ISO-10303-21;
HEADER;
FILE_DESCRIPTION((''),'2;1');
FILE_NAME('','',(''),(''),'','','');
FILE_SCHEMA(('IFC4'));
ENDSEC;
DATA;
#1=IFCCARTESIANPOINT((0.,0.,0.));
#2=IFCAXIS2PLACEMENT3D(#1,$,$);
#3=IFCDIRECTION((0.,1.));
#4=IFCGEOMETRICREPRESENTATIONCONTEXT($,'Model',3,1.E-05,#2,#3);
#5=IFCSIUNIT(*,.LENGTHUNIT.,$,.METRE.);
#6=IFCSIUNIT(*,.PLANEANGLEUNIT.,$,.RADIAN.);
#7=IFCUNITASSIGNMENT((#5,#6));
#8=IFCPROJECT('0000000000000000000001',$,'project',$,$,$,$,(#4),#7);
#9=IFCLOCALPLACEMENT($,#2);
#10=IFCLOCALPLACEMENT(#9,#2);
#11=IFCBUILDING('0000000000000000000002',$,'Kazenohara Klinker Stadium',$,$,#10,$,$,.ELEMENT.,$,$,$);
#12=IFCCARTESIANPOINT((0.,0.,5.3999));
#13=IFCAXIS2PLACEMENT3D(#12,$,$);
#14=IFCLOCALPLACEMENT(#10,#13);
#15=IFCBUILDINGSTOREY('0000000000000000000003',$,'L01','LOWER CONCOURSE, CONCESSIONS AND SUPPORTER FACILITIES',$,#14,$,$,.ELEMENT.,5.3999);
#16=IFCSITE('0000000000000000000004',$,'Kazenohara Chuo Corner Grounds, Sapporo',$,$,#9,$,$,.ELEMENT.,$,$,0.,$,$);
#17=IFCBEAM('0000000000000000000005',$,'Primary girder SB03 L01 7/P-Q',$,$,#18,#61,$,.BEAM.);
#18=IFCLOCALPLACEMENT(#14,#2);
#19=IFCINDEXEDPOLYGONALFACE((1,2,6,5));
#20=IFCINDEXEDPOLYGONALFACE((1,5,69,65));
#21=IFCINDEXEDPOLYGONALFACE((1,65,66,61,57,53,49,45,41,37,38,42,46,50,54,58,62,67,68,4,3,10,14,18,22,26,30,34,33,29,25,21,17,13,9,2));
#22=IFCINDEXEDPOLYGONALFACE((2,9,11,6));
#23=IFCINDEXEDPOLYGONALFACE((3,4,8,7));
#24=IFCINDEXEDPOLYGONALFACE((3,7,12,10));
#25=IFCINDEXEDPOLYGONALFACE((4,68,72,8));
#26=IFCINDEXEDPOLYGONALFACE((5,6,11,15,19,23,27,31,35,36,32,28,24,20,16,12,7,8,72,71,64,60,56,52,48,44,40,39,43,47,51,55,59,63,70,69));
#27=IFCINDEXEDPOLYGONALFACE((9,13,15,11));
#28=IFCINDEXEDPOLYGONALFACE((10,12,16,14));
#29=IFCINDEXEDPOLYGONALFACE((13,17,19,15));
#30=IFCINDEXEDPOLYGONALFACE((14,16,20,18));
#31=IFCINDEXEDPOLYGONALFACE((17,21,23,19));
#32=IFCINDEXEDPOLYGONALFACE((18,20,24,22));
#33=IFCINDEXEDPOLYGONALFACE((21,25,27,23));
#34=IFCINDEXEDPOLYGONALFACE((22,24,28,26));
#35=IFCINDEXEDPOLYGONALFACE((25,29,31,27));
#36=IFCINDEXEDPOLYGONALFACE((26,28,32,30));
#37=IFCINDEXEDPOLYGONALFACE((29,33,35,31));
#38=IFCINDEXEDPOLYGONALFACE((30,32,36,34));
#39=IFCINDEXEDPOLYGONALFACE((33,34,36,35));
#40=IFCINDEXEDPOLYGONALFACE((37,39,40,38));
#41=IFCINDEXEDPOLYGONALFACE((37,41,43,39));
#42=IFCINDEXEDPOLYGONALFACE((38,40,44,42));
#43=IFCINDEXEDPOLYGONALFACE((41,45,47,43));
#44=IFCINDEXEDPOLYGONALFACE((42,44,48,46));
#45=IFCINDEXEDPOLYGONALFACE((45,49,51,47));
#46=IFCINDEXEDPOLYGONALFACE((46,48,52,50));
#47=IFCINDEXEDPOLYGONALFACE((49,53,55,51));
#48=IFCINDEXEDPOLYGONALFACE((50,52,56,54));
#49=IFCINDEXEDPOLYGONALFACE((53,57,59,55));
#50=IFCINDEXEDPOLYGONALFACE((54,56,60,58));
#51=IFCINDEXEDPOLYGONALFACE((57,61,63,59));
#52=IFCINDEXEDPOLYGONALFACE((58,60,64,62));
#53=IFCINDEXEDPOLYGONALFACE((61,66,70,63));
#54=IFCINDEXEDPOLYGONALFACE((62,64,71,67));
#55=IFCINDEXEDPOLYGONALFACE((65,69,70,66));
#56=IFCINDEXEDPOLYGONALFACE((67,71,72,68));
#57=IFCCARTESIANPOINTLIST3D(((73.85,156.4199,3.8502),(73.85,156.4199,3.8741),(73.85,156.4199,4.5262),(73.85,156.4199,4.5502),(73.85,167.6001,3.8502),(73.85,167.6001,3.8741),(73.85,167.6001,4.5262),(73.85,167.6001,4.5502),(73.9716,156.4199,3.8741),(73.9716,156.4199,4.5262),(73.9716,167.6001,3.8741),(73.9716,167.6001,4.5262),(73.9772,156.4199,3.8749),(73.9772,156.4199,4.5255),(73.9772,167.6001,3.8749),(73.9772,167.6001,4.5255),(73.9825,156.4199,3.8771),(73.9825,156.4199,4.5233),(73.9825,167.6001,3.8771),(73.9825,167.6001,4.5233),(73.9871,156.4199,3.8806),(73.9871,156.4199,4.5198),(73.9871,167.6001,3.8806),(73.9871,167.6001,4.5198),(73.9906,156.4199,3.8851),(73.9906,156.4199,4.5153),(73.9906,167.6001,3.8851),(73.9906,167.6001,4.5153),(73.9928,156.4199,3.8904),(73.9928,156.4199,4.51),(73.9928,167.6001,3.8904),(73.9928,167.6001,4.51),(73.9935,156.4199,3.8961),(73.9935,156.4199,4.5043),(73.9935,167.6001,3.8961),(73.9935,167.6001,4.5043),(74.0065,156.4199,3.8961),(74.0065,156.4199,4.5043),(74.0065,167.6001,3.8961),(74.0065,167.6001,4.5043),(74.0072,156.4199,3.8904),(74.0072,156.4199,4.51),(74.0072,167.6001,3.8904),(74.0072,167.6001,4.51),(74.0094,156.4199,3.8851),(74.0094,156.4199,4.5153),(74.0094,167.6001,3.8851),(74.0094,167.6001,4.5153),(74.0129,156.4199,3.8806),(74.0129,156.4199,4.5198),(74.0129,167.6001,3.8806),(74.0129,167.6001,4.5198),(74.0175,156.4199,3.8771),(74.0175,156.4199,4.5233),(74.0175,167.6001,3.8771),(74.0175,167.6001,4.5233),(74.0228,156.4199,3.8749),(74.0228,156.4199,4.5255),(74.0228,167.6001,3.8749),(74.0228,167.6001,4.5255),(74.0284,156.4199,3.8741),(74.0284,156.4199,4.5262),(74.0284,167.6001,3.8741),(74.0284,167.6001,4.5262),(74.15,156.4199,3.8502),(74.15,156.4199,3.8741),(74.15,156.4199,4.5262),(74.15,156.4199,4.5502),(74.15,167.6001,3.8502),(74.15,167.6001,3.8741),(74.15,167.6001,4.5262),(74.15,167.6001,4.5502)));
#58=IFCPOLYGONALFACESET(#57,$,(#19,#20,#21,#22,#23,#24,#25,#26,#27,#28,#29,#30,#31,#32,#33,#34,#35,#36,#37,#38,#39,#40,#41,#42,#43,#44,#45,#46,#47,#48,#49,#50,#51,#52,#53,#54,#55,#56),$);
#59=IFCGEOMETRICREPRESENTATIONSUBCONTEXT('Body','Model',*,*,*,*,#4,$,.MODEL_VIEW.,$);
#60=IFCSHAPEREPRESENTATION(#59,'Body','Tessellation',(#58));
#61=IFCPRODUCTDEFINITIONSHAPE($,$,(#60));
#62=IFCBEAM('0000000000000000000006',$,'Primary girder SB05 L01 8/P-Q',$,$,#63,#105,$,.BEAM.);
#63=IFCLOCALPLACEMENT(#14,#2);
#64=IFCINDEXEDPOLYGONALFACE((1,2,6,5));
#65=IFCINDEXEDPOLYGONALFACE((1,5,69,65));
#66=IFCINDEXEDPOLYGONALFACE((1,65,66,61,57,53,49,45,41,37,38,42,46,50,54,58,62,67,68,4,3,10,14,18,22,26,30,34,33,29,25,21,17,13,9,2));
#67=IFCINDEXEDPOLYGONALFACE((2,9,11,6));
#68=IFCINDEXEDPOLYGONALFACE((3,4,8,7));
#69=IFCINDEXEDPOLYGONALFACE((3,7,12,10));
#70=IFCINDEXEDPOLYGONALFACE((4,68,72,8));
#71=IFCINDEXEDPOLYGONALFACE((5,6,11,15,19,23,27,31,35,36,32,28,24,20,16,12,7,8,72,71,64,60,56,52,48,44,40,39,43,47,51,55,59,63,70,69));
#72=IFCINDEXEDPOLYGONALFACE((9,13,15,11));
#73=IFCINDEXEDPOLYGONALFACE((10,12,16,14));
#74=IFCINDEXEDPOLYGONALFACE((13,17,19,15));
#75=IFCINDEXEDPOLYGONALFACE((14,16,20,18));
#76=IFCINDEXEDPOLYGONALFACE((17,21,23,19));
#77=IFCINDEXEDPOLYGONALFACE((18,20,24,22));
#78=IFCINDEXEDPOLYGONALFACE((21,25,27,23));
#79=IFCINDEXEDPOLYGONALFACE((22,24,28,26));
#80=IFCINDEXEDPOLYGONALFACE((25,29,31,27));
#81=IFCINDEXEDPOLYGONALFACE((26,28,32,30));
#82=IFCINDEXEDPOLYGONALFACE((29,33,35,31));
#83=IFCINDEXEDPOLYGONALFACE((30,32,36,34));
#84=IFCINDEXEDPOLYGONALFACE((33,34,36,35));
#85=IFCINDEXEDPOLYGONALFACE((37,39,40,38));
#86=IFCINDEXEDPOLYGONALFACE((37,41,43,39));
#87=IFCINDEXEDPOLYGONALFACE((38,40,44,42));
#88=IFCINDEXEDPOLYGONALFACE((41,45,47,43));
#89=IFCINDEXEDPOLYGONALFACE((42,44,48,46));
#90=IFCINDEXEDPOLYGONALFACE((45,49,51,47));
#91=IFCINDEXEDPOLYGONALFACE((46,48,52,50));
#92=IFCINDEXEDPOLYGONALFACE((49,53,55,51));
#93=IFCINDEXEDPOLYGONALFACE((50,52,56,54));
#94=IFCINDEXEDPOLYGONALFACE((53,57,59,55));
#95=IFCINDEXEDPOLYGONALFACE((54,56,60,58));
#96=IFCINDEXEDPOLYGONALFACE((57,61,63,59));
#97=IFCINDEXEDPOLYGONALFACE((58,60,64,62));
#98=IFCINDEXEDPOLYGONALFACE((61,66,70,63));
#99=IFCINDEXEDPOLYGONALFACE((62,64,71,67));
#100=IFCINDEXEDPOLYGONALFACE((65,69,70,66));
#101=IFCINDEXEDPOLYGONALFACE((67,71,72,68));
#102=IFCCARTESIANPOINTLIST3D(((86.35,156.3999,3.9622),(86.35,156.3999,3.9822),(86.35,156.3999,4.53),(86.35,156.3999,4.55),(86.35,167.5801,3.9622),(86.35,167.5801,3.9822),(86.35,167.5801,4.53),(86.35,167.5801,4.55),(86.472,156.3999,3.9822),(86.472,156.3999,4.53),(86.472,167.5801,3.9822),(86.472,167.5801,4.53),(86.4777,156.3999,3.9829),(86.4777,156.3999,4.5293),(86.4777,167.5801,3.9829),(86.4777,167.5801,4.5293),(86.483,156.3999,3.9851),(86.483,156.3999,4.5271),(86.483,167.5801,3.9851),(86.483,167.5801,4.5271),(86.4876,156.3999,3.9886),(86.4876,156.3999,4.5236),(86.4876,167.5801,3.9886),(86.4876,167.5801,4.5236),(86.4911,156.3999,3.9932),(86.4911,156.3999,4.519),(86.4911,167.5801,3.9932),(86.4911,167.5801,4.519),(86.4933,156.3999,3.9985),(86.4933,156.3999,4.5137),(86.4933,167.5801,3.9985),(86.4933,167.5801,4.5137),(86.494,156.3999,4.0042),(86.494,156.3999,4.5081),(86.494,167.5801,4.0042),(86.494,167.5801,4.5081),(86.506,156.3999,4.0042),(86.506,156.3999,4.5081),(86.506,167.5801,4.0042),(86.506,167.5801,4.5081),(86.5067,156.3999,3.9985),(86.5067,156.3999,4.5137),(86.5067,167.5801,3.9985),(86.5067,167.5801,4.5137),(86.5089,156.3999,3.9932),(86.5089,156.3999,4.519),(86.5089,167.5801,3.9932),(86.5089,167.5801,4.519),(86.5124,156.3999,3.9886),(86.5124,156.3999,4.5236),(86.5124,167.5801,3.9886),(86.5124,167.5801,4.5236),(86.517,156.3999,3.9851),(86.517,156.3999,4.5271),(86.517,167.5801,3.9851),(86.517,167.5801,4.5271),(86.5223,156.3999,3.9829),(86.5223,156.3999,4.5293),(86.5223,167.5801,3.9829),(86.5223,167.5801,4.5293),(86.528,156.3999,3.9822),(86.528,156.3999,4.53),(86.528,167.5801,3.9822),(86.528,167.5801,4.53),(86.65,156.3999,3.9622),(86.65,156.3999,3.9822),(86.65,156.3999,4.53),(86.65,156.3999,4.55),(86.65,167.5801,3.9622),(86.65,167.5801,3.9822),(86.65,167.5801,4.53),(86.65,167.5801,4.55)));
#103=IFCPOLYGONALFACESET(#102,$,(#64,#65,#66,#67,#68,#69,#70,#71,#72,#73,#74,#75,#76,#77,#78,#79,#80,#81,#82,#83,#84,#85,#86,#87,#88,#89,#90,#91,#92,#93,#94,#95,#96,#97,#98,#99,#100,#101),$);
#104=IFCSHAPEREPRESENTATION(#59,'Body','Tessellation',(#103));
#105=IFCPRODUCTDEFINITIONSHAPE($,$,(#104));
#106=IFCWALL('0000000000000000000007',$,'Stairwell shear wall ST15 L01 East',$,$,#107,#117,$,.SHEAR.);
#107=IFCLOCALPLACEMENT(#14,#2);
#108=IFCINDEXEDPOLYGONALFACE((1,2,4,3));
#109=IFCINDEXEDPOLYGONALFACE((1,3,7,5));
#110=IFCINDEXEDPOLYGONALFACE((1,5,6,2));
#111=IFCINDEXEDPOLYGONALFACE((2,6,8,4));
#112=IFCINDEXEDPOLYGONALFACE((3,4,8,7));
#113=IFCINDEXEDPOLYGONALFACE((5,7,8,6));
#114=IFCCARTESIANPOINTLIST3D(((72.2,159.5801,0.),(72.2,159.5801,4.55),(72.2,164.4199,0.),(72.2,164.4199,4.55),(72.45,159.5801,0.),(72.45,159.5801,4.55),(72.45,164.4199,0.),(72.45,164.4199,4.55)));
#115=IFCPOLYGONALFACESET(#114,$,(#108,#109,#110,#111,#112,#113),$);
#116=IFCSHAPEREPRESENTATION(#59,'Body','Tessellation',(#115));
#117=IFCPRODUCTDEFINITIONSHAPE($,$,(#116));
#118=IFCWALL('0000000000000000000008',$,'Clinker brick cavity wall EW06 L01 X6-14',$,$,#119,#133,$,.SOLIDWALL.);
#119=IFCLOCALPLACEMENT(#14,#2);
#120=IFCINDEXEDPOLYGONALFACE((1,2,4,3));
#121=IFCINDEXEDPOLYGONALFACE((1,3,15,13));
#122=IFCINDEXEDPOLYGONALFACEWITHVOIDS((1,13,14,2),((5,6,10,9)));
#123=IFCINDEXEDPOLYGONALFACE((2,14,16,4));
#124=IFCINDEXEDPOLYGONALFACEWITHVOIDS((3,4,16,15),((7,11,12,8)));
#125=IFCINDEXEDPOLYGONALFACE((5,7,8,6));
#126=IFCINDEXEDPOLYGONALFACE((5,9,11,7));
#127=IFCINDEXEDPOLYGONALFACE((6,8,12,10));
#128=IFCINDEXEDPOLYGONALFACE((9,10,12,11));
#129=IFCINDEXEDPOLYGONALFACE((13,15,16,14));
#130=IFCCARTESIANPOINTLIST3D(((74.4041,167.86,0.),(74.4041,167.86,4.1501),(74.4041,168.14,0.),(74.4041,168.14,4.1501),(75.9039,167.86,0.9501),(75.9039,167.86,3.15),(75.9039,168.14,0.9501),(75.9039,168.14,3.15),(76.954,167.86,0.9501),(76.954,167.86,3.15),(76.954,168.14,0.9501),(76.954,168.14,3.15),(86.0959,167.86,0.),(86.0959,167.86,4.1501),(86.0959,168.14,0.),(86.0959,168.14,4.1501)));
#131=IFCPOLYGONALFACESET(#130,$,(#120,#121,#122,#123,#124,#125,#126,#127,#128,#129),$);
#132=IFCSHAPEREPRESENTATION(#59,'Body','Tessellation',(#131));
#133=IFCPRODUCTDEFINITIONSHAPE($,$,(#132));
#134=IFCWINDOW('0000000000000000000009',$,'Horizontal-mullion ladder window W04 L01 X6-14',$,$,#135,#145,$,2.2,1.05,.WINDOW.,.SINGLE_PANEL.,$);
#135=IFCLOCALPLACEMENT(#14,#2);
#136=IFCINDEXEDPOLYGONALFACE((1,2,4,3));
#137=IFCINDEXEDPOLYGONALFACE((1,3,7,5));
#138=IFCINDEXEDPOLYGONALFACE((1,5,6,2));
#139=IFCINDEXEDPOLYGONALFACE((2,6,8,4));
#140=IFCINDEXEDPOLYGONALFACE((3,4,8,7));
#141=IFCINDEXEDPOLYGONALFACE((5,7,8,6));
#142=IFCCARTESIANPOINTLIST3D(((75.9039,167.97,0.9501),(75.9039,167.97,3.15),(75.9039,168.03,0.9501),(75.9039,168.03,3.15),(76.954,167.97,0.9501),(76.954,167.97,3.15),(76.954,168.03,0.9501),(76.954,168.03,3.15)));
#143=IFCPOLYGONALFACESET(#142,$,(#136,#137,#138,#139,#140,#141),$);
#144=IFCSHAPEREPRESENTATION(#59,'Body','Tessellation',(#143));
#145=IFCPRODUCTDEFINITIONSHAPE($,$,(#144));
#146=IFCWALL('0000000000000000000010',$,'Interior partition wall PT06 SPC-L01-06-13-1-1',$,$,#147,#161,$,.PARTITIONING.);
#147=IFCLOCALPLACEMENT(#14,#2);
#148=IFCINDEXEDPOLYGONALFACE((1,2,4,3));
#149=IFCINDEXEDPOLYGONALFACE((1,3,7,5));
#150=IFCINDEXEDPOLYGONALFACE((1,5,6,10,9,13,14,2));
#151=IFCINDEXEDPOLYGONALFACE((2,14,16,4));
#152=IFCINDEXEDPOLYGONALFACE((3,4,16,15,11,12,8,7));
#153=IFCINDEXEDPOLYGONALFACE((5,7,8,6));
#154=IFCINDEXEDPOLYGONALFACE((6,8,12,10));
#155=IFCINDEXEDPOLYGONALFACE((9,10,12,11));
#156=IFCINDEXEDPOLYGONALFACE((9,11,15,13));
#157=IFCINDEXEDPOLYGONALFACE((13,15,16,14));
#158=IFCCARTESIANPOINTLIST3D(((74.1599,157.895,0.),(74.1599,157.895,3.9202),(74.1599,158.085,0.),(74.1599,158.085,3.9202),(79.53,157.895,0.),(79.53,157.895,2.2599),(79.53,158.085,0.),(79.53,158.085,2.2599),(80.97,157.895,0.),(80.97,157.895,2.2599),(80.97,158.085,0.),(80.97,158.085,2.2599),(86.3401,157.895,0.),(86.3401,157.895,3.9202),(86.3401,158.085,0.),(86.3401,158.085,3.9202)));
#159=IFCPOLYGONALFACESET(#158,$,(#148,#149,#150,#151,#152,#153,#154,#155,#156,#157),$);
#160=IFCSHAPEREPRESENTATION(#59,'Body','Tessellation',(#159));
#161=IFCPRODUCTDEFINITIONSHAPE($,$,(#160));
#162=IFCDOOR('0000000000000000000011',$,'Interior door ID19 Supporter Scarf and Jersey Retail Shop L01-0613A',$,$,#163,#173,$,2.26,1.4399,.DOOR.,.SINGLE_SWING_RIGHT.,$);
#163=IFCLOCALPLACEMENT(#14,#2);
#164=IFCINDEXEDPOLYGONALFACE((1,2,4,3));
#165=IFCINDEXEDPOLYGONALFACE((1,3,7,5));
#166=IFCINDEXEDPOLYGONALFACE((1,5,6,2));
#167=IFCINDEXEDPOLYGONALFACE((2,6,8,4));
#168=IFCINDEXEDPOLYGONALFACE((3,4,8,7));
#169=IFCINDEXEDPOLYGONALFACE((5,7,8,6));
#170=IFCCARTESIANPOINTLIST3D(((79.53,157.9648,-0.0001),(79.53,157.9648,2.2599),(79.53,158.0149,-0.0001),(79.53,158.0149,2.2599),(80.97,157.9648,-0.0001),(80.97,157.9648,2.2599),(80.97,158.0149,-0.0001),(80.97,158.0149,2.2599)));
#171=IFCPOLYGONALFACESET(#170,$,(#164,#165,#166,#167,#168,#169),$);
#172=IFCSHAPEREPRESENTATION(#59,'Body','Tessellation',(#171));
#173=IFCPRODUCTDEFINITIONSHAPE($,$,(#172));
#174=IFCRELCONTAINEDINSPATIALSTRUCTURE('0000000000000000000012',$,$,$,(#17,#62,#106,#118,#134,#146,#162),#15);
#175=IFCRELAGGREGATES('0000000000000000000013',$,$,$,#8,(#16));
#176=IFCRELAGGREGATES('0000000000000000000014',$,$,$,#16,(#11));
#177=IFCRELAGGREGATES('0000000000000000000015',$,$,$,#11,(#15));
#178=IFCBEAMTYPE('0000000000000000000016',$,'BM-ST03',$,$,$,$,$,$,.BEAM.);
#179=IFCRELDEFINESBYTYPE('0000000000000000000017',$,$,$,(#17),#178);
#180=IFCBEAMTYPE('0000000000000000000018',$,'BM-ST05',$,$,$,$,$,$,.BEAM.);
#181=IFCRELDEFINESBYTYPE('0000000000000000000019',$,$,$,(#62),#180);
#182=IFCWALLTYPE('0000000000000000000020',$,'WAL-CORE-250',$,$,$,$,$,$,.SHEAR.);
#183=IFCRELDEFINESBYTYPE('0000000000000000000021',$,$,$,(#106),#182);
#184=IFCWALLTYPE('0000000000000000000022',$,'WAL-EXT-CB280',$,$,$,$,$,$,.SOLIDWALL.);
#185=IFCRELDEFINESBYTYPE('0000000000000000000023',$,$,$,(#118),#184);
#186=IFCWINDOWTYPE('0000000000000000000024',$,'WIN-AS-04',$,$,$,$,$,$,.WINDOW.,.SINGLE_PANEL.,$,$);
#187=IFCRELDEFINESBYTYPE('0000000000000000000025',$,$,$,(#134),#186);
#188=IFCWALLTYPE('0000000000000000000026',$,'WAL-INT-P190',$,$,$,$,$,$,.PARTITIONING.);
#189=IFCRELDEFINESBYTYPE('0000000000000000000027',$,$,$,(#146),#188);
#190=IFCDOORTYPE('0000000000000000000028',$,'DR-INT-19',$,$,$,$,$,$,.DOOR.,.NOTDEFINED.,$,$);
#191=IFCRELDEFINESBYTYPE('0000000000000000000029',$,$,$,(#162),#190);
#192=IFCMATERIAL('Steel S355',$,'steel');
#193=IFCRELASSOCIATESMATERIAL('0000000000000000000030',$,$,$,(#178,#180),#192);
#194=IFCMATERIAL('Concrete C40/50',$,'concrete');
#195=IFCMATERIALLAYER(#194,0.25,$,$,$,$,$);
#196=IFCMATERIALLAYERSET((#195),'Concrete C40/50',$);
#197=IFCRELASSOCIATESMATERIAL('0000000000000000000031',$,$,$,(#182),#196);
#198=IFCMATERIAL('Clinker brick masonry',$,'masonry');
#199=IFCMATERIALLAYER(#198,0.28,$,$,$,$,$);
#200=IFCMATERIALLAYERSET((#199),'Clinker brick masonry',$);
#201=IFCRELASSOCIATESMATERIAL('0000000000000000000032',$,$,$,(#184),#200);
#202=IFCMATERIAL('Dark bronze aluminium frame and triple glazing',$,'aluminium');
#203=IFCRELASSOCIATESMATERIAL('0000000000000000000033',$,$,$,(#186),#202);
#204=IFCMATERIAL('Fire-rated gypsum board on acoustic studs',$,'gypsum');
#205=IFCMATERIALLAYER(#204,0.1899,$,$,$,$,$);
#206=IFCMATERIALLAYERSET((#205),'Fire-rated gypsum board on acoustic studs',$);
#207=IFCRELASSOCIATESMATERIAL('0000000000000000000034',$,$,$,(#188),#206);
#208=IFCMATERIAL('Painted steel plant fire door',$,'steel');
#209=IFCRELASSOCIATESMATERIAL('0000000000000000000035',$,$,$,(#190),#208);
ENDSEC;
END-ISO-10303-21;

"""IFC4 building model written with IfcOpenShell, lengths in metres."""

from ifc_helpers import new_model, si_unit, direction, frame, frame_2d, origin, origin_2d, place, context, subcontext, project, spatial, rectangle, i_section, extrude, material, layer, layer_set, material_profile, profile_set, type_object, element, fill, save


model = new_model("IFC4")

# Units and contexts
model_context = context("Model", 3, precision=1e-05, world=origin(), true_north=direction((0.0, 1.0)))
body_context = subcontext(model_context, "Body", "Model", "MODEL_VIEW")
ifc_project = project(units=[si_unit("LENGTHUNIT", "METRE"), si_unit("PLANEANGLEUNIT", "RADIAN")], contexts=[model_context])

# Site, building, storey
site_placement = place(None, origin())
site = spatial("IfcSite", under=ifc_project, at=site_placement, Name="Kazenohara Chuo Corner Grounds, Sapporo", CompositionType="ELEMENT", RefElevation=0.0)
building_placement = place(site_placement, origin())
building = spatial("IfcBuilding", under=site, at=building_placement, Name="Kazenohara Klinker Stadium", CompositionType="ELEMENT")
storey_placement = place(building_placement, frame((0.0, 0.0, 5.3999)))
storey = spatial("IfcBuildingStorey", under=building, at=storey_placement, Name="L01", Description="LOWER CONCOURSE, CONCESSIONS AND SUPPORTER FACILITIES", CompositionType="ELEMENT", Elevation=5.3999)

# Shared definitions
ifc_material_1 = material(Name="Concrete C40/50", Category="concrete")

# Beams
ifc_material_2 = material(Name="Steel S355", Category="steel")
ifc_material_profile_1 = material_profile(ifc_material_2, i_section(OverallWidth=0.3, OverallDepth=0.7, WebThickness=0.0129, FlangeThickness=0.0239, FilletRadius=0.022, at=origin_2d()), Name="H-700x300x13x24")
ifc_profile_set_1 = profile_set([ifc_material_profile_1], Name="Steel S355")
beam_type_1 = type_object("IfcBeamType", Name="BM-ST03", PredefinedType="BEAM", material=ifc_profile_set_1)
beam_1_placement = place(storey_placement, frame((74.0, 156.4199, 4.2002), z_axis=(0.0, 1.0, 0.0), x_axis=(-1.0, 0.0, 0.0)))
element("IfcBeam", 1, at=beam_1_placement, inside=storey, type_object=beam_type_1, Name="Primary girder SB03 L01 7/P-Q", PredefinedType="BEAM", context=body_context, shape_type="SweptSolid", body=[
    extrude(i_section(OverallWidth=0.3, OverallDepth=0.7, WebThickness=0.0129, FlangeThickness=0.0239, FilletRadius=0.022, at=origin_2d()), origin(), (0.0, 0.0, 1.0), 11.1802),
])
ifc_material_profile_2 = material_profile(ifc_material_2, i_section(OverallWidth=0.3, OverallDepth=0.5879, WebThickness=0.012, FlangeThickness=0.02, FilletRadius=0.022, at=origin_2d()), Name="H-588x300x12x20")
ifc_profile_set_2 = profile_set([ifc_material_profile_2], Name="Steel S355")
beam_type_2 = type_object("IfcBeamType", Name="BM-ST05", PredefinedType="BEAM", material=ifc_profile_set_2)
beam_2_placement = place(storey_placement, frame((86.5, 156.3999, 4.2561), z_axis=(0.0, 1.0, 0.0), x_axis=(-1.0, 0.0, 0.0)))
element("IfcBeam", 2, at=beam_2_placement, inside=storey, type_object=beam_type_2, Name="Primary girder SB05 L01 8/P-Q", PredefinedType="BEAM", context=body_context, shape_type="SweptSolid", body=[
    extrude(i_section(OverallWidth=0.3, OverallDepth=0.5879, WebThickness=0.012, FlangeThickness=0.02, FilletRadius=0.022, at=origin_2d()), origin(), (0.0, 0.0, 1.0), 11.1802),
])

# Wall
ifc_layer_1 = layer(ifc_material_1, 0.25)
ifc_layer_set_1 = layer_set([ifc_layer_1], Name="Concrete C40/50")
wall_type_1 = type_object("IfcWallType", Name="WAL-CORE-250", PredefinedType="SHEAR", material=ifc_layer_set_1)
wall_1_placement = place(storey_placement, frame((72.325, 159.5801, 0.0), z_axis=(0.0, 0.0, 1.0), x_axis=(0.0, 1.0, 0.0)))
element("IfcWall", 3, at=wall_1_placement, inside=storey, type_object=wall_type_1, Name="Stairwell shear wall ST15 L01 East", PredefinedType="SHEAR", context=body_context, shape_type="SweptSolid", body=[
    extrude(rectangle(XDim=4.8398, YDim=0.25, at=frame_2d((2.4199, 0.0))), origin(), (0.0, 0.0, 1.0), 4.55),
])

# Wall, opening, window
ifc_material_3 = material(Name="Clinker brick masonry", Category="masonry")
ifc_layer_2 = layer(ifc_material_3, 0.28)
ifc_layer_set_2 = layer_set([ifc_layer_2], Name="Clinker brick masonry")
wall_type_2 = type_object("IfcWallType", Name="WAL-EXT-CB280", PredefinedType="SOLIDWALL", material=ifc_layer_set_2)
wall_2_placement = place(storey_placement, frame((74.4041, 168.0, 0.0), z_axis=(0.0, 0.0, 1.0), x_axis=(1.0, 0.0, 0.0)))
wall_2 = element("IfcWall", 4, at=wall_2_placement, inside=storey, type_object=wall_type_2, Name="Clinker brick cavity wall EW06 L01 X6-14", PredefinedType="SOLIDWALL", context=body_context, shape_type="SweptSolid", body=[
    extrude(rectangle(XDim=11.6919, YDim=0.28, at=frame_2d((5.8459, 0.0))), origin(), (0.0, 0.0, 1.0), 4.1501),
])
opening_1_placement = place(wall_2_placement, frame((1.5, 0.0, 0.95)))
opening_1 = element("IfcOpeningElement", 5, at=opening_1_placement, cuts=wall_2, PredefinedType="OPENING", context=body_context, shape_type="SweptSolid", body=[
    extrude(rectangle(XDim=1.05, YDim=2.2, at=frame_2d((0.5249, 1.1001))), frame((0.0, 0.1499, 0.0), z_axis=(0.0, -1.0, 0.0), x_axis=(1.0, 0.0, 0.0)), (0.0, 0.0, 1.0), 0.3),
])
ifc_material_4 = material(Name="Dark bronze aluminium frame and triple glazing", Category="aluminium")
window_type = type_object("IfcWindowType", Name="WIN-AS-04", PartitioningType="SINGLE_PANEL", PredefinedType="WINDOW", material=ifc_material_4)
window_placement = place(opening_1_placement, origin())
window = element("IfcWindow", 6, at=window_placement, inside=storey, type_object=window_type, Name="Horizontal-mullion ladder window W04 L01 X6-14", OverallHeight=2.2, OverallWidth=1.05, PartitioningType="SINGLE_PANEL", PredefinedType="WINDOW", context=body_context, shape_type="SweptSolid", body=[
    extrude(rectangle(XDim=1.05, YDim=2.2, at=frame_2d((0.5249, 1.1001))), frame((0.0, 0.03, 0.0), z_axis=(0.0, -1.0, 0.0), x_axis=(1.0, 0.0, 0.0)), (0.0, 0.0, 1.0), 0.0601),
])
fill(opening_1, window)

# Wall, opening, door
ifc_material_5 = material(Name="Fire-rated gypsum board on acoustic studs", Category="gypsum")
ifc_layer_3 = layer(ifc_material_5, 0.1899)
ifc_layer_set_3 = layer_set([ifc_layer_3], Name="Fire-rated gypsum board on acoustic studs")
wall_type_3 = type_object("IfcWallType", Name="WAL-INT-P190", PredefinedType="PARTITIONING", material=ifc_layer_set_3)
wall_3_placement = place(storey_placement, frame((74.1599, 157.99, 0.0), z_axis=(0.0, 0.0, 1.0), x_axis=(1.0, 0.0, 0.0)))
wall_3 = element("IfcWall", 7, at=wall_3_placement, inside=storey, type_object=wall_type_3, Name="Interior partition wall PT06 SPC-L01-06-13-1-1", PredefinedType="PARTITIONING", context=body_context, shape_type="SweptSolid", body=[
    extrude(rectangle(XDim=12.1802, YDim=0.1899, at=frame_2d((6.0901, 0.0))), origin(), (0.0, 0.0, 1.0), 3.9202),
])
opening_2_placement = place(wall_3_placement, frame((5.3701, 0.0, 0.0)))
opening_2 = element("IfcOpeningElement", 8, at=opening_2_placement, cuts=wall_3, PredefinedType="OPENING", context=body_context, shape_type="SweptSolid", body=[
    extrude(rectangle(XDim=1.4399, YDim=2.26, at=frame_2d((0.72, 1.1299))), frame((0.0, 0.105, 0.0), z_axis=(0.0, -1.0, 0.0), x_axis=(1.0, 0.0, 0.0)), (0.0, 0.0, 1.0), 0.21),
])
ifc_material_6 = material(Name="Painted steel plant fire door", Category="steel")
door_type = type_object("IfcDoorType", Name="DR-INT-19", OperationType="NOTDEFINED", PredefinedType="DOOR", material=ifc_material_6)
door_placement = place(opening_2_placement, origin())
door = element("IfcDoor", 9, at=door_placement, inside=storey, type_object=door_type, Name="Interior door ID19 Supporter Scarf and Jersey Retail Shop L01-0613A", OperationType="SINGLE_SWING_RIGHT", OverallHeight=2.26, OverallWidth=1.4399, PredefinedType="DOOR", context=body_context, shape_type="SweptSolid", body=[
    extrude(rectangle(XDim=1.4399, YDim=2.26, at=frame_2d((0.72, 1.1299))), frame((0.0, 0.0249, 0.0), z_axis=(0.0, -1.0, 0.0), x_axis=(1.0, 0.0, 0.0)), (0.0, 0.0, 1.0), 0.05),
])
fill(opening_2, door)

save(model, "model.ifc")
